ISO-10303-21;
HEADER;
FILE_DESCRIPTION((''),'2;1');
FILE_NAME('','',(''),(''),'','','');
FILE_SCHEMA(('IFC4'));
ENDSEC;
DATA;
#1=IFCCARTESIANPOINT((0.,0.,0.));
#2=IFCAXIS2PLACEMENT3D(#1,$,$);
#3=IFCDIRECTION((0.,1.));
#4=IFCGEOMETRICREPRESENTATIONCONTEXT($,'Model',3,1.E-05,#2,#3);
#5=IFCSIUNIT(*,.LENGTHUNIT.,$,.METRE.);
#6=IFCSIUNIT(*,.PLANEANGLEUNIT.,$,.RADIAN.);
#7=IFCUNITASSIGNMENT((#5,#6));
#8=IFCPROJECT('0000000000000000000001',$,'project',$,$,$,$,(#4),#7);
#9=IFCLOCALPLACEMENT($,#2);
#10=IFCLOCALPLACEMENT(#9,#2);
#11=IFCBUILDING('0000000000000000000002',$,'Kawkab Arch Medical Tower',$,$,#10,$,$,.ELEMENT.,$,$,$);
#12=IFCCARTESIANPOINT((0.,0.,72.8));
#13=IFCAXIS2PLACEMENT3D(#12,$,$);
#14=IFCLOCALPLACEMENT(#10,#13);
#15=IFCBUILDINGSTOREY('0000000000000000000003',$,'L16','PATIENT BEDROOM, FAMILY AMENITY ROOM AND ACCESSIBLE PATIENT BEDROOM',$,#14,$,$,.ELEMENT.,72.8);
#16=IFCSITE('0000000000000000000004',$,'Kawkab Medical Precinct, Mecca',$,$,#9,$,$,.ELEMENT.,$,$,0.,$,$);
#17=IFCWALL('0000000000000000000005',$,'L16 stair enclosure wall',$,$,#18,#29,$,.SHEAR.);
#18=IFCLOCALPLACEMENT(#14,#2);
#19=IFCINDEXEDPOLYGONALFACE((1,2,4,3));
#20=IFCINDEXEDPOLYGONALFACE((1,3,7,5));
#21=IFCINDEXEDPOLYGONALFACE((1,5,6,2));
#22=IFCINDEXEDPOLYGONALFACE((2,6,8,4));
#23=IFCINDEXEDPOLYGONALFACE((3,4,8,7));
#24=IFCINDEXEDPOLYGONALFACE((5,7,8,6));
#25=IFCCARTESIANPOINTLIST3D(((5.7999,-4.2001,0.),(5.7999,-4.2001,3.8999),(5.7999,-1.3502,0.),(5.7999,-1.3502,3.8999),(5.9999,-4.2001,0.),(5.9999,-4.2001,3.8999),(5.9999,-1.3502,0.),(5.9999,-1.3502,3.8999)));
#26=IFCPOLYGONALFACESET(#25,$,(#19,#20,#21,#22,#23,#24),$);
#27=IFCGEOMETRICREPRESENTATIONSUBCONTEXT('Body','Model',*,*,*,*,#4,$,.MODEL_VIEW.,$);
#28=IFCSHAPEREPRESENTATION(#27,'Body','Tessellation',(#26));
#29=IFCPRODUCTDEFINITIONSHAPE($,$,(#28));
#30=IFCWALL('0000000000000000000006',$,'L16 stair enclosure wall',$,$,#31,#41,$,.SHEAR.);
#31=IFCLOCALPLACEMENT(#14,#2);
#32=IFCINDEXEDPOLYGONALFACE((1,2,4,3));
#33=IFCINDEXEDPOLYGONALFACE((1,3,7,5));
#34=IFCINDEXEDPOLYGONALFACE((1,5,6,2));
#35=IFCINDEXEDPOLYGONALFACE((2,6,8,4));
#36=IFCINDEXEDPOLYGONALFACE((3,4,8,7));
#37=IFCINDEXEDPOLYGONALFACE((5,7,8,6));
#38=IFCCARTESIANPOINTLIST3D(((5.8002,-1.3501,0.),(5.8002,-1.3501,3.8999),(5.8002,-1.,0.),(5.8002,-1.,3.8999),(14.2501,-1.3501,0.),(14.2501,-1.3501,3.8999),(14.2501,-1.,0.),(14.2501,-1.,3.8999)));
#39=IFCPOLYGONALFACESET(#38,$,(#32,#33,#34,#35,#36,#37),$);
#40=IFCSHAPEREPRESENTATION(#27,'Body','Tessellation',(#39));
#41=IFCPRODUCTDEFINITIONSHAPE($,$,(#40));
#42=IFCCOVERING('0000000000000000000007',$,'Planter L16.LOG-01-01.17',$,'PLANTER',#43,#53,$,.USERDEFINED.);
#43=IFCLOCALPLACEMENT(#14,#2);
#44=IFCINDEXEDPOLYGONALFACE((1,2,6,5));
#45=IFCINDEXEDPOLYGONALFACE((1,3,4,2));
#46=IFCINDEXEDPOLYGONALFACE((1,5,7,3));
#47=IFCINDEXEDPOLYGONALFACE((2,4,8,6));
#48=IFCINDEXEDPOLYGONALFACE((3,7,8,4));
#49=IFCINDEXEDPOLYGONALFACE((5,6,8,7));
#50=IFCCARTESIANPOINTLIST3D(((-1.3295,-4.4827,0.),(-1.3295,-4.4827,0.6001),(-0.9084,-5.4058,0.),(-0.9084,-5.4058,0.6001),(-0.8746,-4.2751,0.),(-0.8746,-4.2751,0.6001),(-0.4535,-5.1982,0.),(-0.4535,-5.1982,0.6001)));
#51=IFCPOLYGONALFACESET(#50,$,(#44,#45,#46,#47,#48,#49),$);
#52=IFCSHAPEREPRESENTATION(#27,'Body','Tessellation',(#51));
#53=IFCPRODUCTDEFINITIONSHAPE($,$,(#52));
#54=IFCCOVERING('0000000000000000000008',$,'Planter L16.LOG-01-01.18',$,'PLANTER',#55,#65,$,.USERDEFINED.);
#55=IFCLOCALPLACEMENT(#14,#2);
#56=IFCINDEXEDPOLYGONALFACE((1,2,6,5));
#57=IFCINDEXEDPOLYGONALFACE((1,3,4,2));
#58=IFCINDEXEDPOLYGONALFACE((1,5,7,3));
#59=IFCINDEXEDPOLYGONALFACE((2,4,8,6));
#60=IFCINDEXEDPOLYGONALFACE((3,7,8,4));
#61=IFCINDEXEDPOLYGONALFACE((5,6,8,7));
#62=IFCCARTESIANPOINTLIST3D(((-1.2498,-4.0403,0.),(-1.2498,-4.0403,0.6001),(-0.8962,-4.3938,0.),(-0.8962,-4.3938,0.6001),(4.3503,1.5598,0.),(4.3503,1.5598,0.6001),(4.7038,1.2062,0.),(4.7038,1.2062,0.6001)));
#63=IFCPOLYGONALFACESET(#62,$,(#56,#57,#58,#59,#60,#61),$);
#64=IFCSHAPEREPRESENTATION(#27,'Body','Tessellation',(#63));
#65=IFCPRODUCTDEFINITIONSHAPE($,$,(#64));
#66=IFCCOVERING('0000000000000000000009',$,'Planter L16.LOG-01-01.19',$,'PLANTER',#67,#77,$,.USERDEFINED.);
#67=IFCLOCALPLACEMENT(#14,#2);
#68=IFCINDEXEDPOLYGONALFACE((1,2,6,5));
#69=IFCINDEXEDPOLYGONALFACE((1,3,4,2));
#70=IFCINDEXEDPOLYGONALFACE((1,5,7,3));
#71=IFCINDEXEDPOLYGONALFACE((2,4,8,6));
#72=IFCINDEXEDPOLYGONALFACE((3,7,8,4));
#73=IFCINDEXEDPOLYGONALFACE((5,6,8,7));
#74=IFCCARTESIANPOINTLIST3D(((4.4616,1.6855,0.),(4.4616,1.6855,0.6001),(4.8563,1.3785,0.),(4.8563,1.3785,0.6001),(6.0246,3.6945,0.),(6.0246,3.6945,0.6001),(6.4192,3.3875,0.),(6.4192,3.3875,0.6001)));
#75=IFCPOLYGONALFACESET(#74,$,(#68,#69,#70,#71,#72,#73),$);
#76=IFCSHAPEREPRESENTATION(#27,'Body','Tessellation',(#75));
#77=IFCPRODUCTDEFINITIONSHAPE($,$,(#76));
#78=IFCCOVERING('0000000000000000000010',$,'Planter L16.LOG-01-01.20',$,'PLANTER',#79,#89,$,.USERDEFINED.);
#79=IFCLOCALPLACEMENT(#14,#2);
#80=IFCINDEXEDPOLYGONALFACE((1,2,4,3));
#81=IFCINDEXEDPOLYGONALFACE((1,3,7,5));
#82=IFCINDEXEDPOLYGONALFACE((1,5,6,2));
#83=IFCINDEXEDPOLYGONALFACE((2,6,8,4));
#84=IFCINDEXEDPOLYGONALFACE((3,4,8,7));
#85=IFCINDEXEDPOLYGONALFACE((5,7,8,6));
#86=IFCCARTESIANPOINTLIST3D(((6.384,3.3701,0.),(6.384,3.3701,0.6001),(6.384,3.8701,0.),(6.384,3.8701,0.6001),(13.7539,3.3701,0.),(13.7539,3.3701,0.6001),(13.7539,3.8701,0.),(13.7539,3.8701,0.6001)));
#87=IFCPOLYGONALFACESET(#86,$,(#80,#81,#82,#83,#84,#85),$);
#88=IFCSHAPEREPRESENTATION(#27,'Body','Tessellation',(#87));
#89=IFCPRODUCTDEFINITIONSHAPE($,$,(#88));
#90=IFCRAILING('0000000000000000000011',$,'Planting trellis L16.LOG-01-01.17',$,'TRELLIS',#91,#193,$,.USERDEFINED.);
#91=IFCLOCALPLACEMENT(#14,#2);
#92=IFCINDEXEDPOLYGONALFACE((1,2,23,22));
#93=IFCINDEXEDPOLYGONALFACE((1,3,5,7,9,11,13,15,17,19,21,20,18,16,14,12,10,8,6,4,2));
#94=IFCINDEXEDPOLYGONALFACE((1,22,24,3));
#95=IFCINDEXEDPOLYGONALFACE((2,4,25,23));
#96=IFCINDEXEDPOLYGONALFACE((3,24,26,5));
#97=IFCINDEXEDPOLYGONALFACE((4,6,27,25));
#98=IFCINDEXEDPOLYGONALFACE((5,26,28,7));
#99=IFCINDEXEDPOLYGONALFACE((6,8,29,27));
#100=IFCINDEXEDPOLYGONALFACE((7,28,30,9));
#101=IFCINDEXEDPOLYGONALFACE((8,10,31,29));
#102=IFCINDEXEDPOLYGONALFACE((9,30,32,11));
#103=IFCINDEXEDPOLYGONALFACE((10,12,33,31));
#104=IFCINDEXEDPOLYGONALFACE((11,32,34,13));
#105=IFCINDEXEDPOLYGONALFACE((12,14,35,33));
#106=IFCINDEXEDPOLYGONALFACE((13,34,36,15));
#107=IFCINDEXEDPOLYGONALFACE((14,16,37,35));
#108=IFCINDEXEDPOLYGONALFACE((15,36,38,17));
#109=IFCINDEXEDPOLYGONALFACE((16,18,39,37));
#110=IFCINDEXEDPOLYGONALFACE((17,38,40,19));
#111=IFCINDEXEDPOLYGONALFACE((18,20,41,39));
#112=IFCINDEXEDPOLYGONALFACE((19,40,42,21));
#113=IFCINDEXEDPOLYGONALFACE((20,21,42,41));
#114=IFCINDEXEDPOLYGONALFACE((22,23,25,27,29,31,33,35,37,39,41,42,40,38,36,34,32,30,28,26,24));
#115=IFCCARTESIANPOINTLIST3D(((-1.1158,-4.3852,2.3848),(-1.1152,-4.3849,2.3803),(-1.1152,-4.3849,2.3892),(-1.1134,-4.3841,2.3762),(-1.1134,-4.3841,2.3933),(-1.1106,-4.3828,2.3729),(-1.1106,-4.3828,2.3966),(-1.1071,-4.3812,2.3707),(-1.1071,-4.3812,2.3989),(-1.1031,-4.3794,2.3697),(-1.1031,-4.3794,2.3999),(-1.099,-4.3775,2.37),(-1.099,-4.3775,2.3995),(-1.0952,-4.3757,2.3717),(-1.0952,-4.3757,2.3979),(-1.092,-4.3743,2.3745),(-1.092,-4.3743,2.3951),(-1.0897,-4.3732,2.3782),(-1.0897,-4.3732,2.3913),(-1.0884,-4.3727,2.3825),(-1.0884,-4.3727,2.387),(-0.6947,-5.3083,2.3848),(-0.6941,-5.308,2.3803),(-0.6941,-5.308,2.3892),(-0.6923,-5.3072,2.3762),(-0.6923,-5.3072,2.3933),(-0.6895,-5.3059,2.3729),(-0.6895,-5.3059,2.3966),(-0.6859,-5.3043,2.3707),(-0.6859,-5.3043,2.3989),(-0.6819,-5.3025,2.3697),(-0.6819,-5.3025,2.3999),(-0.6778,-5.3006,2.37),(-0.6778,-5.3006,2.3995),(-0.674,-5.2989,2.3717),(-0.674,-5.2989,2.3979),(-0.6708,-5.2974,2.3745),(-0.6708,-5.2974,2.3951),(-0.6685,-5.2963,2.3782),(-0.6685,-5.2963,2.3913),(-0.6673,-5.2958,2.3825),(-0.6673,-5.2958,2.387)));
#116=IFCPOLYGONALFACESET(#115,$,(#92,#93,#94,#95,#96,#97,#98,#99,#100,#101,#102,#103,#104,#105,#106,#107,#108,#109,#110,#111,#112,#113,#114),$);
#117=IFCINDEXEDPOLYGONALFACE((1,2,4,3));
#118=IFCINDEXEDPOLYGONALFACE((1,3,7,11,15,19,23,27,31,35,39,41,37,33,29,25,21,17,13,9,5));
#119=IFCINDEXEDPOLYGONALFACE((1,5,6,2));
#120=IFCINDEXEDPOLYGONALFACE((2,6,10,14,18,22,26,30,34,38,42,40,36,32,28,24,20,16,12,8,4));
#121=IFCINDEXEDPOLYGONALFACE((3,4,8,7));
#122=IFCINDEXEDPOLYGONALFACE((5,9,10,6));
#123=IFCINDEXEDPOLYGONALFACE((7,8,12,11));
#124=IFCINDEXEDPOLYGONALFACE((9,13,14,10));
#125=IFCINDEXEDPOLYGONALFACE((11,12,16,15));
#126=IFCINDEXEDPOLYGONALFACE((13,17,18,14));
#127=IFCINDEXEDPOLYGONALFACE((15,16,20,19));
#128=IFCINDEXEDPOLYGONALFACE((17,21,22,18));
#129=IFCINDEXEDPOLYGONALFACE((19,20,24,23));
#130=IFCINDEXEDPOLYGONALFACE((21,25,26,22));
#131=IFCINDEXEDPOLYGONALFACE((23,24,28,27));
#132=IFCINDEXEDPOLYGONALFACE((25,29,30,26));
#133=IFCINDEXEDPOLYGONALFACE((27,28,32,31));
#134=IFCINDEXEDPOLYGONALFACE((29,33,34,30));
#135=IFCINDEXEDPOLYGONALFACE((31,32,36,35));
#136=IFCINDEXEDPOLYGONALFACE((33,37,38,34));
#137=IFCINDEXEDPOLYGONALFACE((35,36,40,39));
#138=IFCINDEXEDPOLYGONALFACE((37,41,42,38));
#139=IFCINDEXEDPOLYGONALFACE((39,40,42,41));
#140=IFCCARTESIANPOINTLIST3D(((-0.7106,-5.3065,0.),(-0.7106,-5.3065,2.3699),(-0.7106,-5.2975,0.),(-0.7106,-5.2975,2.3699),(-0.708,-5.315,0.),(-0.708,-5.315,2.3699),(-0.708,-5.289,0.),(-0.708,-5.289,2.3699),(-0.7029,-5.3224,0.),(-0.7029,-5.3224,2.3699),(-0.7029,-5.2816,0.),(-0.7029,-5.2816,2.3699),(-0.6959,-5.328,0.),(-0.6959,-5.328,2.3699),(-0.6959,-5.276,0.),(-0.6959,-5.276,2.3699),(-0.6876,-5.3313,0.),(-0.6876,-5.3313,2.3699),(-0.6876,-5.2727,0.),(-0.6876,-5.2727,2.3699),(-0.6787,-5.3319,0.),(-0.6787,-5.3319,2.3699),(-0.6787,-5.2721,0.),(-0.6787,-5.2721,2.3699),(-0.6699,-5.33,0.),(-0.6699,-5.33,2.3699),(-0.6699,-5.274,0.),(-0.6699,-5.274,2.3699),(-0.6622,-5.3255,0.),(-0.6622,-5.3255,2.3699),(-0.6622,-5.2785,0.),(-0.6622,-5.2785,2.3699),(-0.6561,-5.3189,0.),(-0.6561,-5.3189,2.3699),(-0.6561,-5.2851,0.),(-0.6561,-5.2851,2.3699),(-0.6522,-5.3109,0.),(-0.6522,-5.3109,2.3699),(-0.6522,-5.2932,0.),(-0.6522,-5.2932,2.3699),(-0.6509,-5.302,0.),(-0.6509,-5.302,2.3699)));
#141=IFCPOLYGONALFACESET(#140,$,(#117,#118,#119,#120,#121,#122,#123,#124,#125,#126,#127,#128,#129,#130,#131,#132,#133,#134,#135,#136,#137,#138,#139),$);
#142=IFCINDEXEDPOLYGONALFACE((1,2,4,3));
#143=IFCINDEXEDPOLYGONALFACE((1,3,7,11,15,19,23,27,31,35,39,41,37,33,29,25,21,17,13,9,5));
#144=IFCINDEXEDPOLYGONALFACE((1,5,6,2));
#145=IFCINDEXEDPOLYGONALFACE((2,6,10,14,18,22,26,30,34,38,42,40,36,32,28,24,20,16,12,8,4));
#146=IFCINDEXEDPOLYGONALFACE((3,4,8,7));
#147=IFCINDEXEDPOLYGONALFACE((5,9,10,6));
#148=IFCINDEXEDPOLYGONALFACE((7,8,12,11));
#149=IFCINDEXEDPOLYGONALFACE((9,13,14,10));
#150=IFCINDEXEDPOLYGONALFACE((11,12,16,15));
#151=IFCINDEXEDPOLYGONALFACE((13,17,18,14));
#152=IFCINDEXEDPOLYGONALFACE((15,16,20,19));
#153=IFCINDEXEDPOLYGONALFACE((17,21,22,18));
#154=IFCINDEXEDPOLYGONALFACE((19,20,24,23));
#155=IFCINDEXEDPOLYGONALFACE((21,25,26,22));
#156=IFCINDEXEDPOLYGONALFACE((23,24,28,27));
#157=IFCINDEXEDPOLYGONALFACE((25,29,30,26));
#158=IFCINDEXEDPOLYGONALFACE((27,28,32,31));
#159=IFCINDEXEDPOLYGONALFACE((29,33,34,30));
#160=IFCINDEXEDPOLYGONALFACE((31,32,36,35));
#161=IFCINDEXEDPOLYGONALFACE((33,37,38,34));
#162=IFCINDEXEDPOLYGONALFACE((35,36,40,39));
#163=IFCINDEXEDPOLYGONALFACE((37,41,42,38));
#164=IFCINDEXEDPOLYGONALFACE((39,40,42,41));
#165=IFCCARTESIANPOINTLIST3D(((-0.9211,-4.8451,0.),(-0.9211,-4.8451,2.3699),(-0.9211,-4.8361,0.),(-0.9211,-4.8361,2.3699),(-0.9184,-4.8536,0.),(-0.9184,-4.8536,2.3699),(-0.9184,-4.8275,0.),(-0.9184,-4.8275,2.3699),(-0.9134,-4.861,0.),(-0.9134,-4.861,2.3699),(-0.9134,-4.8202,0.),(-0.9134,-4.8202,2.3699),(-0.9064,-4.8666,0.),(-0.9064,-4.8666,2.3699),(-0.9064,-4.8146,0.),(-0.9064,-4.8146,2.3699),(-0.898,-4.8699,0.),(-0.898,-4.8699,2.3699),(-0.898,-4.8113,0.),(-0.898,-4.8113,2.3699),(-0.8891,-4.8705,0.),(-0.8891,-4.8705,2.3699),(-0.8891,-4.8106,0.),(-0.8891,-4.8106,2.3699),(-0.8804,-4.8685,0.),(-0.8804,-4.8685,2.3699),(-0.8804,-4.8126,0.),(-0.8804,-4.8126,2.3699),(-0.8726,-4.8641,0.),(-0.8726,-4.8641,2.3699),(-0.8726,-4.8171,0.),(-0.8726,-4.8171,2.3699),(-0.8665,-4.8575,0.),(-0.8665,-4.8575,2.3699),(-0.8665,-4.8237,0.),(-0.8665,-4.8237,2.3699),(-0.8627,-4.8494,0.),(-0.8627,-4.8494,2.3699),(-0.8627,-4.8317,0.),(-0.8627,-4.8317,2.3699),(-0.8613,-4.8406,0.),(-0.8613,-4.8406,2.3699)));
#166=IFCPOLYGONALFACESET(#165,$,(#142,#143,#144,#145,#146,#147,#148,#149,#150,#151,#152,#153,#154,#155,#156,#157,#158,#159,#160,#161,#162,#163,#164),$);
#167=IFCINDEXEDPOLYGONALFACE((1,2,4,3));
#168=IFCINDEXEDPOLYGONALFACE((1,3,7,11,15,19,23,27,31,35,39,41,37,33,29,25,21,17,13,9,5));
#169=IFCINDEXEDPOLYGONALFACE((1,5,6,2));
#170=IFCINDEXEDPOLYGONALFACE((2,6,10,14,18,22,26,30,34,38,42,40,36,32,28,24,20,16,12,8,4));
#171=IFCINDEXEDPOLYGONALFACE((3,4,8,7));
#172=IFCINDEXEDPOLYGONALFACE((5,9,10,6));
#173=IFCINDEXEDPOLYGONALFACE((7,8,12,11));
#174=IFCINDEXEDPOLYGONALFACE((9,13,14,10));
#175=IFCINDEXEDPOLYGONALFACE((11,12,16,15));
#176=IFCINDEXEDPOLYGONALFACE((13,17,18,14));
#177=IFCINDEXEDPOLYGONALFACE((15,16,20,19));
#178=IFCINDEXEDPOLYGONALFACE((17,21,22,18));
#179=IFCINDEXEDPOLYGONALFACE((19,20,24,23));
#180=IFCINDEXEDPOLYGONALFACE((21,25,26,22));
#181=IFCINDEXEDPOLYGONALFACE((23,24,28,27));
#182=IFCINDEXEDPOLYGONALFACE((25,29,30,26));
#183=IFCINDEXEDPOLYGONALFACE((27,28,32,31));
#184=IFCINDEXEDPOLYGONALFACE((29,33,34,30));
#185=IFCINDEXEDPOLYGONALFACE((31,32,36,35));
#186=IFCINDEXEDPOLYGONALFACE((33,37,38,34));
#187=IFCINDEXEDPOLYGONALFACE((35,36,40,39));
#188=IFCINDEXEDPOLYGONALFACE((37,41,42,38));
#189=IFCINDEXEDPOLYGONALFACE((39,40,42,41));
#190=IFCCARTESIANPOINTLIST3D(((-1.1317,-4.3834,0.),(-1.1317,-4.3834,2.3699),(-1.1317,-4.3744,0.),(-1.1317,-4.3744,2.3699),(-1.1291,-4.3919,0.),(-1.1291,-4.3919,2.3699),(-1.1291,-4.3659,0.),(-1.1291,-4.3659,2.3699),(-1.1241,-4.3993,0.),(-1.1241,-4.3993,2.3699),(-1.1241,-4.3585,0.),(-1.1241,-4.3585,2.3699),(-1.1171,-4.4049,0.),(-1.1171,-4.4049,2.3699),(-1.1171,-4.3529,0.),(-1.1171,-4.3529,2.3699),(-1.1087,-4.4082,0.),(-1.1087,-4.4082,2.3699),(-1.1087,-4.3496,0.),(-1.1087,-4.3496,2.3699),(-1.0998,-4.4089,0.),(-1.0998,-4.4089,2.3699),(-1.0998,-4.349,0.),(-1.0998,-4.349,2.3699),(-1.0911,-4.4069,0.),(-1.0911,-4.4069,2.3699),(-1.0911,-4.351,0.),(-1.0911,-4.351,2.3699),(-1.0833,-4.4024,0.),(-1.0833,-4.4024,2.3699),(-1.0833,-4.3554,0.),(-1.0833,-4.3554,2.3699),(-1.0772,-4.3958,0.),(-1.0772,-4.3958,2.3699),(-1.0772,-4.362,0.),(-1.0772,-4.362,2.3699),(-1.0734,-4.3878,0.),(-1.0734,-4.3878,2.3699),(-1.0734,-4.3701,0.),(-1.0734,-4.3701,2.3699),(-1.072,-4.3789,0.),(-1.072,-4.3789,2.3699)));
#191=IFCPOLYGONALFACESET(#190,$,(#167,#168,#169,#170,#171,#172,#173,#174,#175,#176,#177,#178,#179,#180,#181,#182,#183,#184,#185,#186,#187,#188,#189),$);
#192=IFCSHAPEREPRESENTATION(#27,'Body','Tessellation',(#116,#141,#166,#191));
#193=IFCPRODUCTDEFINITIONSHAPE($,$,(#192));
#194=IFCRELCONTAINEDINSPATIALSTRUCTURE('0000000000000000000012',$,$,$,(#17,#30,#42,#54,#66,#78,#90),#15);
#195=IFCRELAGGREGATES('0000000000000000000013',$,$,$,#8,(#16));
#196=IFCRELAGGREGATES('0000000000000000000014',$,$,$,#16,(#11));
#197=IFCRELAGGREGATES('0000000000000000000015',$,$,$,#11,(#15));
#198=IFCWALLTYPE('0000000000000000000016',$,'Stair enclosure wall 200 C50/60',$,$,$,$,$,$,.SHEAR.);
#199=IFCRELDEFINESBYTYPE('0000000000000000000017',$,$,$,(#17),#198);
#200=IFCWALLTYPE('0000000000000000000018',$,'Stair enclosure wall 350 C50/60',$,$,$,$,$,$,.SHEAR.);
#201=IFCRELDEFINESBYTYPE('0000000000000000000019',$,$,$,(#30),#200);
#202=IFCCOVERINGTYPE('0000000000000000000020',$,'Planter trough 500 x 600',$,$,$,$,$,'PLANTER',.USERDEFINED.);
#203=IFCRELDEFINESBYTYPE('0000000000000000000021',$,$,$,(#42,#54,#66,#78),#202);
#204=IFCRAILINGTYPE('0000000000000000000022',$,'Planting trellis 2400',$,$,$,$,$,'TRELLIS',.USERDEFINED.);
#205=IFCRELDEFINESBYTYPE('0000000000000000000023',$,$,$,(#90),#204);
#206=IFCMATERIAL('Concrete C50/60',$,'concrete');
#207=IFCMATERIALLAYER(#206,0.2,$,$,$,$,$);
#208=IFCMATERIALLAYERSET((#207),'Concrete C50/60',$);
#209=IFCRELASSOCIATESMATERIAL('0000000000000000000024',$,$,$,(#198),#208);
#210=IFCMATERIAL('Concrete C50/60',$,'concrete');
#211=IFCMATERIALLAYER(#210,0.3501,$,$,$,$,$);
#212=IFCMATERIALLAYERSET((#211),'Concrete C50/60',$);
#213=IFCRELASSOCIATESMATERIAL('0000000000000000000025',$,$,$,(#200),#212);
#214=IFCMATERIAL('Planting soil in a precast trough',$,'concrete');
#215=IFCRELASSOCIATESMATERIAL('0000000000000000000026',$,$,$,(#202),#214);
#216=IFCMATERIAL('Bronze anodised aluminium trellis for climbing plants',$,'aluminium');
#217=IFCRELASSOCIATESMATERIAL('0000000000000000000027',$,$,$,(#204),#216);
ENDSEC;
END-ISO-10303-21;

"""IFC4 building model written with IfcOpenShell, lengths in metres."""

from ifc_helpers import new_model, si_unit, direction, frame, frame_2d, origin, origin_2d, place, context, subcontext, project, spatial, rectangle, circle, extrude, material, layer, layer_set, material_profile, profile_set, type_object, element, save


model = new_model("IFC4")

# Units and contexts
model_context = context("Model", 3, precision=1e-05, world=origin(), true_north=direction((0.0, 1.0)))
body_context = subcontext(model_context, "Body", "Model", "MODEL_VIEW")
ifc_project = project(units=[si_unit("LENGTHUNIT", "METRE"), si_unit("PLANEANGLEUNIT", "RADIAN")], contexts=[model_context])

# Site, building, storey
site_placement = place(None, origin())
site = spatial("IfcSite", under=ifc_project, at=site_placement, Name="Kawkab Medical Precinct, Mecca", CompositionType="ELEMENT", RefElevation=0.0)
building_placement = place(site_placement, origin())
building = spatial("IfcBuilding", under=site, at=building_placement, Name="Kawkab Arch Medical Tower", CompositionType="ELEMENT")
storey_placement = place(building_placement, frame((0.0, 0.0, 72.8)))
storey = spatial("IfcBuildingStorey", under=building, at=storey_placement, Name="L16", Description="PATIENT BEDROOM, FAMILY AMENITY ROOM AND ACCESSIBLE PATIENT BEDROOM", CompositionType="ELEMENT", Elevation=72.8)

# Walls
ifc_material_1 = material(Name="Concrete C50/60", Category="concrete")
ifc_layer_1 = layer(ifc_material_1, 0.2)
ifc_layer_set_1 = layer_set([ifc_layer_1], Name="Concrete C50/60")
wall_type_1 = type_object("IfcWallType", Name="Stair enclosure wall 200 C50/60", PredefinedType="SHEAR", material=ifc_layer_set_1)
for number, where, z_axis, x_axis, name in (
    (1, (5.8999, -4.2, 0.0), (0.0, 0.0, 1.0), (0.0, 1.0, 0.0), "L16 stair enclosure wall"),
):
    element("IfcWall", number, at=place(storey_placement, frame(where, z_axis=z_axis, x_axis=x_axis)), inside=storey, type_object=wall_type_1, Name=name, PredefinedType="SHEAR", context=body_context, shape_type="SweptSolid", body=[
        extrude(rectangle(XDim=2.8499, YDim=0.2, at=frame_2d((1.4248, 0.0))), origin(), (0.0, 0.0, 1.0), 3.8999),
    ])
ifc_material_2 = material(Name="Concrete C50/60", Category="concrete")
ifc_layer_2 = layer(ifc_material_2, 0.3501)
ifc_layer_set_2 = layer_set([ifc_layer_2], Name="Concrete C50/60")
wall_type_2 = type_object("IfcWallType", Name="Stair enclosure wall 350 C50/60", PredefinedType="SHEAR", material=ifc_layer_set_2)
wall_1_placement = place(storey_placement, frame((5.8, -1.175, 0.0), z_axis=(0.0, 0.0, 1.0), x_axis=(1.0, 0.0, 0.0)))
element("IfcWall", 2, at=wall_1_placement, inside=storey, type_object=wall_type_2, Name="L16 stair enclosure wall", PredefinedType="SHEAR", context=body_context, shape_type="SweptSolid", body=[
    extrude(rectangle(XDim=8.45, YDim=0.3501, at=frame_2d((4.2251, 0.0))), origin(), (0.0, 0.0, 1.0), 3.8999),
])

# Coverings
ifc_material_3 = material(Name="Planting soil in a precast trough", Category="concrete")
ifc_material_profile_1 = material_profile(ifc_material_3, rectangle(XDim=0.5, YDim=0.6001, at=origin_2d()), Name="Trough 500x600")
ifc_profile_set_1 = profile_set([ifc_material_profile_1], Name="Planting soil in a precast trough")
covering_type = type_object("IfcCoveringType", Name="Planter trough 500 x 600", ElementType="PLANTER", PredefinedType="USERDEFINED", material=ifc_profile_set_1)
covering_1_placement = place(storey_placement, frame((-0.6809, -5.302, 0.3), z_axis=(-0.415072, 0.909789, 0.0), x_axis=(-0.909789, -0.415072, 0.0)))
element("IfcCovering", 3, at=covering_1_placement, inside=storey, type_object=covering_type, Name="Planter L16.LOG-01-01.17", ObjectType="PLANTER", PredefinedType="USERDEFINED", context=body_context, shape_type="SweptSolid", body=[
    extrude(rectangle(XDim=0.5, YDim=0.6001, at=origin_2d()), origin(), (0.0, 0.0, 1.0), 1.0146),
])
covering_2_placement = place(storey_placement, frame((-1.073, -4.217, 0.3), z_axis=(0.707107, 0.707107, 0.0), x_axis=(-0.707107, 0.707107, 0.0)))
element("IfcCovering", 4, at=covering_2_placement, inside=storey, type_object=covering_type, Name="Planter L16.LOG-01-01.18", ObjectType="PLANTER", PredefinedType="USERDEFINED", context=body_context, shape_type="SweptSolid", body=[
    extrude(rectangle(XDim=0.5, YDim=0.6001, at=origin_2d()), origin(), (0.0, 0.0, 1.0), 7.9197),
])
covering_3_placement = place(storey_placement, frame((4.6589, 1.532, 0.3), z_axis=(0.61404, 0.789275, 0.0), x_axis=(-0.789275, 0.61404, 0.0)))
element("IfcCovering", 5, at=covering_3_placement, inside=storey, type_object=covering_type, Name="Planter L16.LOG-01-01.19", ObjectType="PLANTER", PredefinedType="USERDEFINED", context=body_context, shape_type="SweptSolid", body=[
    extrude(rectangle(XDim=0.5, YDim=0.6001, at=origin_2d()), origin(), (0.0, 0.0, 1.0), 2.5454),
])
covering_4_placement = place(storey_placement, frame((6.384, 3.6201, 0.3), z_axis=(1.0, 0.0, 0.0), x_axis=(0.0, 1.0, 0.0)))
element("IfcCovering", 6, at=covering_4_placement, inside=storey, type_object=covering_type, Name="Planter L16.LOG-01-01.20", ObjectType="PLANTER", PredefinedType="USERDEFINED", context=body_context, shape_type="SweptSolid", body=[
    extrude(rectangle(XDim=0.5, YDim=0.6001, at=origin_2d()), origin(), (0.0, 0.0, 1.0), 7.3699),
])

# Railing
ifc_material_4 = material(Name="Bronze anodised aluminium trellis for climbing plants", Category="aluminium")
railing_type = type_object("IfcRailingType", Name="Planting trellis 2400", ElementType="TRELLIS", PredefinedType="USERDEFINED", material=ifc_material_4)
railing_1_placement = place(storey_placement, frame((-0.6809, -5.302, 0.0)))
element("IfcRailing", 7, at=railing_1_placement, inside=storey, type_object=railing_type, Name="Planting trellis L16.LOG-01-01.17", ObjectType="TRELLIS", PredefinedType="USERDEFINED", context=body_context, shape_type="SweptSolid", body=[
    extrude(circle(Radius=0.0151, at=origin_2d()), frame((0.0, 0.0, 2.3848), z_axis=(-0.415072, 0.909789, 0.0), x_axis=(-0.909789, -0.415072, 0.0)), (0.0, 0.0, 1.0), 1.0146),
    extrude(circle(Radius=0.03, at=origin_2d()), origin(), (0.0, 0.0, 1.0), 2.3699),
    extrude(circle(Radius=0.03, at=origin_2d()), frame((-0.2104, 0.4614, 0.0)), (0.0, 0.0, 1.0), 2.3699),
    extrude(circle(Radius=0.03, at=origin_2d()), frame((-0.4211, 0.9231, 0.0)), (0.0, 0.0, 1.0), 2.3699),
])

save(model, "model.ifc")
